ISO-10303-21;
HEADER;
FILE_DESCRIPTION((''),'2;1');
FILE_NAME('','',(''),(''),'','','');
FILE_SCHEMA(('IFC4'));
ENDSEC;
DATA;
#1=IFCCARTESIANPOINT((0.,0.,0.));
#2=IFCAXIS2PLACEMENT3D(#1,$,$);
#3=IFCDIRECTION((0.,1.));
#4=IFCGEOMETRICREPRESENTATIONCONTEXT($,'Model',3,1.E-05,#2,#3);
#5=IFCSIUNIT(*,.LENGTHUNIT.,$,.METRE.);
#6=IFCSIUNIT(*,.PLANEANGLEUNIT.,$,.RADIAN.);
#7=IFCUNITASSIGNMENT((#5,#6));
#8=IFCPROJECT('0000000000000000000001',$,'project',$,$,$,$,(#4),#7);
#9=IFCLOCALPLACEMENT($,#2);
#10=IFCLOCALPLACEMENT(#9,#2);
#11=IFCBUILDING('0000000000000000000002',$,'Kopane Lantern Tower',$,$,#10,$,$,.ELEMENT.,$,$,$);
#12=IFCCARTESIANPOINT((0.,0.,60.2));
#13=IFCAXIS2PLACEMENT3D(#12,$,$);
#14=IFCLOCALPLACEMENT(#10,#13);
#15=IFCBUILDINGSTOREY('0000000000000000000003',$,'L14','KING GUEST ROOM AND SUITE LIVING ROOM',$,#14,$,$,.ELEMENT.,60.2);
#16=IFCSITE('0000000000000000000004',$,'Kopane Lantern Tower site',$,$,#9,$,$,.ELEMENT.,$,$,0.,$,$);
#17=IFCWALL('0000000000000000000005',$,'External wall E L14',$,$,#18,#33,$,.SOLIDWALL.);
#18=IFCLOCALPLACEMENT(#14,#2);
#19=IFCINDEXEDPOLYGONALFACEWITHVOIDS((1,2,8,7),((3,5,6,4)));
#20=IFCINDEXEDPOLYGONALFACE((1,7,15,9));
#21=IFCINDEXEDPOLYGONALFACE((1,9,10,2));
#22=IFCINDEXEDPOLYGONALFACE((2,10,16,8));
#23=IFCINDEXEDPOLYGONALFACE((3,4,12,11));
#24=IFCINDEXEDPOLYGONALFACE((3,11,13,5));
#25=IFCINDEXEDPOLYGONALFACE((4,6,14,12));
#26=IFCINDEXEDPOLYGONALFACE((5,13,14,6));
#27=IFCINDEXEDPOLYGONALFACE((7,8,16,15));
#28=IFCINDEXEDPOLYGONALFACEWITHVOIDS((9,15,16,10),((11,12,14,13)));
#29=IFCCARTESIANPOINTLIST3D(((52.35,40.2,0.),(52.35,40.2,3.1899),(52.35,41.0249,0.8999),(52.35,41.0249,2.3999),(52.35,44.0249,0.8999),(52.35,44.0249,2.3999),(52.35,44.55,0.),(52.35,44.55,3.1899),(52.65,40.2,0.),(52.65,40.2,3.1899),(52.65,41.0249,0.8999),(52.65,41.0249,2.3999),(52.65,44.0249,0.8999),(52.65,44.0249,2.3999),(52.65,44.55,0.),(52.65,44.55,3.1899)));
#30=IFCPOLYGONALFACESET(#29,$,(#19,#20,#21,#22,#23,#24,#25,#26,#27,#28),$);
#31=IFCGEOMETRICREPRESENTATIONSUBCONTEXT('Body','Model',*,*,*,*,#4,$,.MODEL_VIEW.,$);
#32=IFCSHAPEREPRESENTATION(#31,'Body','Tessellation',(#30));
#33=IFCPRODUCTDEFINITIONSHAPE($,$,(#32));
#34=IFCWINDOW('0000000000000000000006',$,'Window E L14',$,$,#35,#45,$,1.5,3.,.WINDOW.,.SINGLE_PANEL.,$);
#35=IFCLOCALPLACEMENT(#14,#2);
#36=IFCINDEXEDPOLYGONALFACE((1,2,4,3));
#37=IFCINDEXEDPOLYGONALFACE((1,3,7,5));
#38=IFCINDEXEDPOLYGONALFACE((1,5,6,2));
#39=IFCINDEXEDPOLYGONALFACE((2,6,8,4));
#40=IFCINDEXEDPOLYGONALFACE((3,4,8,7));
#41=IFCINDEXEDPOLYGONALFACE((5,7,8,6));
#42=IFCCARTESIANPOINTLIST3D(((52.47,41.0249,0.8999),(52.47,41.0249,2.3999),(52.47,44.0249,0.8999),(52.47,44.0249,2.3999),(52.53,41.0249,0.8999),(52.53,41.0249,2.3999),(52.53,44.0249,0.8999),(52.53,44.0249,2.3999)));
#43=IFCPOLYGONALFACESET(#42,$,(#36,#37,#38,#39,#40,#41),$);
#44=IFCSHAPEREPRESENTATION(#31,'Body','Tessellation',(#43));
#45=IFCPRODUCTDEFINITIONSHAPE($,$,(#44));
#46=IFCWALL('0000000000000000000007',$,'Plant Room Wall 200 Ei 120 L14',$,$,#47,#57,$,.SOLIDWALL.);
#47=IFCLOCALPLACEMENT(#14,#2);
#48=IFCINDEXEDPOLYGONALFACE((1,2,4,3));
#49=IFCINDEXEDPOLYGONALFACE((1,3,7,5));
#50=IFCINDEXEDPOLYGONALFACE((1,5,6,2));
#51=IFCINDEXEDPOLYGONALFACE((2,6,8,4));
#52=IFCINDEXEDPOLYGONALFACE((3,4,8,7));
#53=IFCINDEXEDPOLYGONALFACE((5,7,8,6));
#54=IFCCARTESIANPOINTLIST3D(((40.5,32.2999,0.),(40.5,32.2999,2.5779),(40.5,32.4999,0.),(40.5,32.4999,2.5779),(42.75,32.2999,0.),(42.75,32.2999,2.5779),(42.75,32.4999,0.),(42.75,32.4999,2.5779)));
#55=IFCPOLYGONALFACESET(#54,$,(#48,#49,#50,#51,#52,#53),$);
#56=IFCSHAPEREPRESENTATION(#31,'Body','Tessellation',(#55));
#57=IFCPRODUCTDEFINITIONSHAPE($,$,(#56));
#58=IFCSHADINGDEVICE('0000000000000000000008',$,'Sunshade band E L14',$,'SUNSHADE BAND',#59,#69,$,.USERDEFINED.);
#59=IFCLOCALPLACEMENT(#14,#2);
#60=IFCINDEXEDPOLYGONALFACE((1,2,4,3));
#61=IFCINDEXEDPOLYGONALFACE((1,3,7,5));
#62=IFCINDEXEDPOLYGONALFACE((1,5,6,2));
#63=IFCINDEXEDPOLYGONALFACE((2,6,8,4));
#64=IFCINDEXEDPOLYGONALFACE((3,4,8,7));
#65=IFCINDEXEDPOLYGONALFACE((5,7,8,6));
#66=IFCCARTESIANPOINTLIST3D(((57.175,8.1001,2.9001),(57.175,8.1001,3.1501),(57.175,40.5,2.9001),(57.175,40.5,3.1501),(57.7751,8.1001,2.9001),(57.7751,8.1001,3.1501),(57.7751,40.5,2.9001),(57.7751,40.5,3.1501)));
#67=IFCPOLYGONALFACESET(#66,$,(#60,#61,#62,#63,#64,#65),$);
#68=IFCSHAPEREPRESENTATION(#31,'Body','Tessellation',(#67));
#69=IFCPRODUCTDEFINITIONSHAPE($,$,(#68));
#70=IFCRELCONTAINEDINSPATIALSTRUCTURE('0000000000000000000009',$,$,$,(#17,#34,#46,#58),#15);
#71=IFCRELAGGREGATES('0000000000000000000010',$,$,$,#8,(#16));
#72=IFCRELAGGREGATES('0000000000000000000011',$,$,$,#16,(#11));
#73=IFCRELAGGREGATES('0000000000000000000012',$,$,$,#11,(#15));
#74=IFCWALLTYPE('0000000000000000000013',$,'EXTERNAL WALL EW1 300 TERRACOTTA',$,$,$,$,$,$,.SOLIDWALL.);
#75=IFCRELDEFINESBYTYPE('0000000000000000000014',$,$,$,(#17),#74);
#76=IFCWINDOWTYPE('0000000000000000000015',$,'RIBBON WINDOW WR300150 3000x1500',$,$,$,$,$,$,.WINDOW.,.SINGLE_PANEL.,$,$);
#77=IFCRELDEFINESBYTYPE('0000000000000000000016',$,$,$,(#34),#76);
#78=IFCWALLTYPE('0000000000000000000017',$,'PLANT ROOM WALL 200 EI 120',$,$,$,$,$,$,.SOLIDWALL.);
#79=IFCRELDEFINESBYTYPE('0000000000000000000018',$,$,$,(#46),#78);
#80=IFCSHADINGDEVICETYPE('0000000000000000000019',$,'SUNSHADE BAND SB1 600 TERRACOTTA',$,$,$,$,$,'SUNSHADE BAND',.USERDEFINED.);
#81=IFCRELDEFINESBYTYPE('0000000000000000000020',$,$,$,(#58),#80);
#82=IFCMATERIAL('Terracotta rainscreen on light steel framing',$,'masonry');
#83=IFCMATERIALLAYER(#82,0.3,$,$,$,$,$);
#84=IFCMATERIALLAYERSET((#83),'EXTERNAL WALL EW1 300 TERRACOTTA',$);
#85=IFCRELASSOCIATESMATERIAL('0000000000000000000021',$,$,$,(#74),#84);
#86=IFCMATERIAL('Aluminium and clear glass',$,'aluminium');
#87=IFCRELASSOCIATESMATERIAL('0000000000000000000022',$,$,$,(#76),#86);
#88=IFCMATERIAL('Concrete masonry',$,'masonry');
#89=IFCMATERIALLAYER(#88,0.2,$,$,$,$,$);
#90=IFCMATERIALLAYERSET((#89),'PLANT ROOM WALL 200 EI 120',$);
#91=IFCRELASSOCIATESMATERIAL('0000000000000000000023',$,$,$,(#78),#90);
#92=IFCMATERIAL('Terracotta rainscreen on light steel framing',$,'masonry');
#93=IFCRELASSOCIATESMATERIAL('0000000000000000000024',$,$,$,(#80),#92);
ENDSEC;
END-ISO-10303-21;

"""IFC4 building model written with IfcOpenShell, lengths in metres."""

from ifc_helpers import new_model, si_unit, direction, frame, frame_2d, origin, origin_2d, place, context, subcontext, project, spatial, rectangle, extrude, material, layer, layer_set, type_object, element, fill, save


model = new_model("IFC4")

# Units and contexts
model_context = context("Model", 3, precision=1e-05, world=origin(), true_north=direction((0.0, 1.0)))
body_context = subcontext(model_context, "Body", "Model", "MODEL_VIEW")
ifc_project = project(units=[si_unit("LENGTHUNIT", "METRE"), si_unit("PLANEANGLEUNIT", "RADIAN")], contexts=[model_context])

# Site, building, storey
site_placement = place(None, origin())
site = spatial("IfcSite", under=ifc_project, at=site_placement, Name="Kopane Lantern Tower site", CompositionType="ELEMENT", RefElevation=0.0)
building_placement = place(site_placement, origin())
building = spatial("IfcBuilding", under=site, at=building_placement, Name="Kopane Lantern Tower", CompositionType="ELEMENT")
storey_placement = place(building_placement, frame((0.0, 0.0, 60.2)))
storey = spatial("IfcBuildingStorey", under=building, at=storey_placement, Name="L14", Description="KING GUEST ROOM AND SUITE LIVING ROOM", CompositionType="ELEMENT", Elevation=60.2)

# Wall, opening, window
ifc_material_1 = material(Name="Terracotta rainscreen on light steel framing", Category="masonry")
ifc_layer_1 = layer(ifc_material_1, 0.3)
ifc_layer_set_1 = layer_set([ifc_layer_1], Name="EXTERNAL WALL EW1 300 TERRACOTTA")
wall_type_1 = type_object("IfcWallType", Name="EXTERNAL WALL EW1 300 TERRACOTTA", PredefinedType="SOLIDWALL", material=ifc_layer_set_1)
ifc_material_2 = material(Name="Aluminium and clear glass", Category="aluminium")
window_type = type_object("IfcWindowType", Name="RIBBON WINDOW WR300150 3000x1500", PartitioningType="SINGLE_PANEL", PredefinedType="WINDOW", material=ifc_material_2)
wall_1_placement = place(storey_placement, frame((52.5, 40.2, 0.0), z_axis=(0.0, 0.0, 1.0), x_axis=(0.0, 1.0, 0.0)))
wall_1 = element("IfcWall", 1, at=wall_1_placement, inside=storey, type_object=wall_type_1, Name="External wall E L14", PredefinedType="SOLIDWALL", context=body_context, shape_type="SweptSolid", body=[
    extrude(rectangle(XDim=4.3501, YDim=0.3, at=frame_2d((2.175, 0.0))), origin(), (0.0, 0.0, 1.0), 3.1899),
])
opening_1_placement = place(wall_1_placement, frame((0.825, 0.0, 0.8999)))
opening_1 = element("IfcOpeningElement", 2, at=opening_1_placement, cuts=wall_1, PredefinedType="OPENING", context=body_context, shape_type="SweptSolid", body=[
    extrude(rectangle(XDim=3.0, YDim=1.5, at=frame_2d((1.5, 0.75))), frame((0.0, 0.1599, 0.0), z_axis=(0.0, -1.0, 0.0), x_axis=(1.0, 0.0, 0.0)), (0.0, 0.0, 1.0), 0.3201),
])
window_1_placement = place(opening_1_placement, origin())
window_1 = element("IfcWindow", 3, at=window_1_placement, inside=storey, type_object=window_type, Name="Window E L14", OverallHeight=1.5, OverallWidth=3.0, PartitioningType="SINGLE_PANEL", PredefinedType="WINDOW", context=body_context, shape_type="SweptSolid", body=[
    extrude(rectangle(XDim=3.0, YDim=1.5, at=frame_2d((1.5, 0.75))), frame((0.0, 0.03, 0.0), z_axis=(0.0, -1.0, 0.0), x_axis=(1.0, 0.0, 0.0)), (0.0, 0.0, 1.0), 0.0601),
])
fill(opening_1, window_1)

# Wall
ifc_material_3 = material(Name="Concrete masonry", Category="masonry")
ifc_layer_2 = layer(ifc_material_3, 0.2)
ifc_layer_set_2 = layer_set([ifc_layer_2], Name="PLANT ROOM WALL 200 EI 120")
wall_type_2 = type_object("IfcWallType", Name="PLANT ROOM WALL 200 EI 120", PredefinedType="SOLIDWALL", material=ifc_layer_set_2)
wall_2_placement = place(storey_placement, frame((40.5, 32.3999, 0.0), z_axis=(0.0, 0.0, 1.0), x_axis=(1.0, 0.0, 0.0)))
element("IfcWall", 4, at=wall_2_placement, inside=storey, type_object=wall_type_2, Name="Plant Room Wall 200 Ei 120 L14", PredefinedType="SOLIDWALL", context=body_context, shape_type="SweptSolid", body=[
    extrude(rectangle(XDim=2.25, YDim=0.2, at=frame_2d((1.125, 0.0))), origin(), (0.0, 0.0, 1.0), 2.5779),
])

# Shading device
ifc_material_4 = material(Name="Terracotta rainscreen on light steel framing", Category="masonry")
shading_device_type = type_object("IfcShadingDeviceType", Name="SUNSHADE BAND SB1 600 TERRACOTTA", ElementType="SUNSHADE BAND", PredefinedType="USERDEFINED", material=ifc_material_4)
shading_device_placement = place(storey_placement, frame((57.4751, 24.3, 2.9001), z_axis=(0.0, 0.0, 1.0), x_axis=(0.0, 1.0, 0.0)))
element("IfcShadingDevice", 5, at=shading_device_placement, inside=storey, type_object=shading_device_type, Name="Sunshade band E L14", ObjectType="SUNSHADE BAND", PredefinedType="USERDEFINED", context=body_context, shape_type="SweptSolid", body=[
    extrude(rectangle(XDim=32.3999, YDim=0.6001, at=origin_2d()), origin(), (0.0, 0.0, 1.0), 0.25),
])

save(model, "model.ifc")
